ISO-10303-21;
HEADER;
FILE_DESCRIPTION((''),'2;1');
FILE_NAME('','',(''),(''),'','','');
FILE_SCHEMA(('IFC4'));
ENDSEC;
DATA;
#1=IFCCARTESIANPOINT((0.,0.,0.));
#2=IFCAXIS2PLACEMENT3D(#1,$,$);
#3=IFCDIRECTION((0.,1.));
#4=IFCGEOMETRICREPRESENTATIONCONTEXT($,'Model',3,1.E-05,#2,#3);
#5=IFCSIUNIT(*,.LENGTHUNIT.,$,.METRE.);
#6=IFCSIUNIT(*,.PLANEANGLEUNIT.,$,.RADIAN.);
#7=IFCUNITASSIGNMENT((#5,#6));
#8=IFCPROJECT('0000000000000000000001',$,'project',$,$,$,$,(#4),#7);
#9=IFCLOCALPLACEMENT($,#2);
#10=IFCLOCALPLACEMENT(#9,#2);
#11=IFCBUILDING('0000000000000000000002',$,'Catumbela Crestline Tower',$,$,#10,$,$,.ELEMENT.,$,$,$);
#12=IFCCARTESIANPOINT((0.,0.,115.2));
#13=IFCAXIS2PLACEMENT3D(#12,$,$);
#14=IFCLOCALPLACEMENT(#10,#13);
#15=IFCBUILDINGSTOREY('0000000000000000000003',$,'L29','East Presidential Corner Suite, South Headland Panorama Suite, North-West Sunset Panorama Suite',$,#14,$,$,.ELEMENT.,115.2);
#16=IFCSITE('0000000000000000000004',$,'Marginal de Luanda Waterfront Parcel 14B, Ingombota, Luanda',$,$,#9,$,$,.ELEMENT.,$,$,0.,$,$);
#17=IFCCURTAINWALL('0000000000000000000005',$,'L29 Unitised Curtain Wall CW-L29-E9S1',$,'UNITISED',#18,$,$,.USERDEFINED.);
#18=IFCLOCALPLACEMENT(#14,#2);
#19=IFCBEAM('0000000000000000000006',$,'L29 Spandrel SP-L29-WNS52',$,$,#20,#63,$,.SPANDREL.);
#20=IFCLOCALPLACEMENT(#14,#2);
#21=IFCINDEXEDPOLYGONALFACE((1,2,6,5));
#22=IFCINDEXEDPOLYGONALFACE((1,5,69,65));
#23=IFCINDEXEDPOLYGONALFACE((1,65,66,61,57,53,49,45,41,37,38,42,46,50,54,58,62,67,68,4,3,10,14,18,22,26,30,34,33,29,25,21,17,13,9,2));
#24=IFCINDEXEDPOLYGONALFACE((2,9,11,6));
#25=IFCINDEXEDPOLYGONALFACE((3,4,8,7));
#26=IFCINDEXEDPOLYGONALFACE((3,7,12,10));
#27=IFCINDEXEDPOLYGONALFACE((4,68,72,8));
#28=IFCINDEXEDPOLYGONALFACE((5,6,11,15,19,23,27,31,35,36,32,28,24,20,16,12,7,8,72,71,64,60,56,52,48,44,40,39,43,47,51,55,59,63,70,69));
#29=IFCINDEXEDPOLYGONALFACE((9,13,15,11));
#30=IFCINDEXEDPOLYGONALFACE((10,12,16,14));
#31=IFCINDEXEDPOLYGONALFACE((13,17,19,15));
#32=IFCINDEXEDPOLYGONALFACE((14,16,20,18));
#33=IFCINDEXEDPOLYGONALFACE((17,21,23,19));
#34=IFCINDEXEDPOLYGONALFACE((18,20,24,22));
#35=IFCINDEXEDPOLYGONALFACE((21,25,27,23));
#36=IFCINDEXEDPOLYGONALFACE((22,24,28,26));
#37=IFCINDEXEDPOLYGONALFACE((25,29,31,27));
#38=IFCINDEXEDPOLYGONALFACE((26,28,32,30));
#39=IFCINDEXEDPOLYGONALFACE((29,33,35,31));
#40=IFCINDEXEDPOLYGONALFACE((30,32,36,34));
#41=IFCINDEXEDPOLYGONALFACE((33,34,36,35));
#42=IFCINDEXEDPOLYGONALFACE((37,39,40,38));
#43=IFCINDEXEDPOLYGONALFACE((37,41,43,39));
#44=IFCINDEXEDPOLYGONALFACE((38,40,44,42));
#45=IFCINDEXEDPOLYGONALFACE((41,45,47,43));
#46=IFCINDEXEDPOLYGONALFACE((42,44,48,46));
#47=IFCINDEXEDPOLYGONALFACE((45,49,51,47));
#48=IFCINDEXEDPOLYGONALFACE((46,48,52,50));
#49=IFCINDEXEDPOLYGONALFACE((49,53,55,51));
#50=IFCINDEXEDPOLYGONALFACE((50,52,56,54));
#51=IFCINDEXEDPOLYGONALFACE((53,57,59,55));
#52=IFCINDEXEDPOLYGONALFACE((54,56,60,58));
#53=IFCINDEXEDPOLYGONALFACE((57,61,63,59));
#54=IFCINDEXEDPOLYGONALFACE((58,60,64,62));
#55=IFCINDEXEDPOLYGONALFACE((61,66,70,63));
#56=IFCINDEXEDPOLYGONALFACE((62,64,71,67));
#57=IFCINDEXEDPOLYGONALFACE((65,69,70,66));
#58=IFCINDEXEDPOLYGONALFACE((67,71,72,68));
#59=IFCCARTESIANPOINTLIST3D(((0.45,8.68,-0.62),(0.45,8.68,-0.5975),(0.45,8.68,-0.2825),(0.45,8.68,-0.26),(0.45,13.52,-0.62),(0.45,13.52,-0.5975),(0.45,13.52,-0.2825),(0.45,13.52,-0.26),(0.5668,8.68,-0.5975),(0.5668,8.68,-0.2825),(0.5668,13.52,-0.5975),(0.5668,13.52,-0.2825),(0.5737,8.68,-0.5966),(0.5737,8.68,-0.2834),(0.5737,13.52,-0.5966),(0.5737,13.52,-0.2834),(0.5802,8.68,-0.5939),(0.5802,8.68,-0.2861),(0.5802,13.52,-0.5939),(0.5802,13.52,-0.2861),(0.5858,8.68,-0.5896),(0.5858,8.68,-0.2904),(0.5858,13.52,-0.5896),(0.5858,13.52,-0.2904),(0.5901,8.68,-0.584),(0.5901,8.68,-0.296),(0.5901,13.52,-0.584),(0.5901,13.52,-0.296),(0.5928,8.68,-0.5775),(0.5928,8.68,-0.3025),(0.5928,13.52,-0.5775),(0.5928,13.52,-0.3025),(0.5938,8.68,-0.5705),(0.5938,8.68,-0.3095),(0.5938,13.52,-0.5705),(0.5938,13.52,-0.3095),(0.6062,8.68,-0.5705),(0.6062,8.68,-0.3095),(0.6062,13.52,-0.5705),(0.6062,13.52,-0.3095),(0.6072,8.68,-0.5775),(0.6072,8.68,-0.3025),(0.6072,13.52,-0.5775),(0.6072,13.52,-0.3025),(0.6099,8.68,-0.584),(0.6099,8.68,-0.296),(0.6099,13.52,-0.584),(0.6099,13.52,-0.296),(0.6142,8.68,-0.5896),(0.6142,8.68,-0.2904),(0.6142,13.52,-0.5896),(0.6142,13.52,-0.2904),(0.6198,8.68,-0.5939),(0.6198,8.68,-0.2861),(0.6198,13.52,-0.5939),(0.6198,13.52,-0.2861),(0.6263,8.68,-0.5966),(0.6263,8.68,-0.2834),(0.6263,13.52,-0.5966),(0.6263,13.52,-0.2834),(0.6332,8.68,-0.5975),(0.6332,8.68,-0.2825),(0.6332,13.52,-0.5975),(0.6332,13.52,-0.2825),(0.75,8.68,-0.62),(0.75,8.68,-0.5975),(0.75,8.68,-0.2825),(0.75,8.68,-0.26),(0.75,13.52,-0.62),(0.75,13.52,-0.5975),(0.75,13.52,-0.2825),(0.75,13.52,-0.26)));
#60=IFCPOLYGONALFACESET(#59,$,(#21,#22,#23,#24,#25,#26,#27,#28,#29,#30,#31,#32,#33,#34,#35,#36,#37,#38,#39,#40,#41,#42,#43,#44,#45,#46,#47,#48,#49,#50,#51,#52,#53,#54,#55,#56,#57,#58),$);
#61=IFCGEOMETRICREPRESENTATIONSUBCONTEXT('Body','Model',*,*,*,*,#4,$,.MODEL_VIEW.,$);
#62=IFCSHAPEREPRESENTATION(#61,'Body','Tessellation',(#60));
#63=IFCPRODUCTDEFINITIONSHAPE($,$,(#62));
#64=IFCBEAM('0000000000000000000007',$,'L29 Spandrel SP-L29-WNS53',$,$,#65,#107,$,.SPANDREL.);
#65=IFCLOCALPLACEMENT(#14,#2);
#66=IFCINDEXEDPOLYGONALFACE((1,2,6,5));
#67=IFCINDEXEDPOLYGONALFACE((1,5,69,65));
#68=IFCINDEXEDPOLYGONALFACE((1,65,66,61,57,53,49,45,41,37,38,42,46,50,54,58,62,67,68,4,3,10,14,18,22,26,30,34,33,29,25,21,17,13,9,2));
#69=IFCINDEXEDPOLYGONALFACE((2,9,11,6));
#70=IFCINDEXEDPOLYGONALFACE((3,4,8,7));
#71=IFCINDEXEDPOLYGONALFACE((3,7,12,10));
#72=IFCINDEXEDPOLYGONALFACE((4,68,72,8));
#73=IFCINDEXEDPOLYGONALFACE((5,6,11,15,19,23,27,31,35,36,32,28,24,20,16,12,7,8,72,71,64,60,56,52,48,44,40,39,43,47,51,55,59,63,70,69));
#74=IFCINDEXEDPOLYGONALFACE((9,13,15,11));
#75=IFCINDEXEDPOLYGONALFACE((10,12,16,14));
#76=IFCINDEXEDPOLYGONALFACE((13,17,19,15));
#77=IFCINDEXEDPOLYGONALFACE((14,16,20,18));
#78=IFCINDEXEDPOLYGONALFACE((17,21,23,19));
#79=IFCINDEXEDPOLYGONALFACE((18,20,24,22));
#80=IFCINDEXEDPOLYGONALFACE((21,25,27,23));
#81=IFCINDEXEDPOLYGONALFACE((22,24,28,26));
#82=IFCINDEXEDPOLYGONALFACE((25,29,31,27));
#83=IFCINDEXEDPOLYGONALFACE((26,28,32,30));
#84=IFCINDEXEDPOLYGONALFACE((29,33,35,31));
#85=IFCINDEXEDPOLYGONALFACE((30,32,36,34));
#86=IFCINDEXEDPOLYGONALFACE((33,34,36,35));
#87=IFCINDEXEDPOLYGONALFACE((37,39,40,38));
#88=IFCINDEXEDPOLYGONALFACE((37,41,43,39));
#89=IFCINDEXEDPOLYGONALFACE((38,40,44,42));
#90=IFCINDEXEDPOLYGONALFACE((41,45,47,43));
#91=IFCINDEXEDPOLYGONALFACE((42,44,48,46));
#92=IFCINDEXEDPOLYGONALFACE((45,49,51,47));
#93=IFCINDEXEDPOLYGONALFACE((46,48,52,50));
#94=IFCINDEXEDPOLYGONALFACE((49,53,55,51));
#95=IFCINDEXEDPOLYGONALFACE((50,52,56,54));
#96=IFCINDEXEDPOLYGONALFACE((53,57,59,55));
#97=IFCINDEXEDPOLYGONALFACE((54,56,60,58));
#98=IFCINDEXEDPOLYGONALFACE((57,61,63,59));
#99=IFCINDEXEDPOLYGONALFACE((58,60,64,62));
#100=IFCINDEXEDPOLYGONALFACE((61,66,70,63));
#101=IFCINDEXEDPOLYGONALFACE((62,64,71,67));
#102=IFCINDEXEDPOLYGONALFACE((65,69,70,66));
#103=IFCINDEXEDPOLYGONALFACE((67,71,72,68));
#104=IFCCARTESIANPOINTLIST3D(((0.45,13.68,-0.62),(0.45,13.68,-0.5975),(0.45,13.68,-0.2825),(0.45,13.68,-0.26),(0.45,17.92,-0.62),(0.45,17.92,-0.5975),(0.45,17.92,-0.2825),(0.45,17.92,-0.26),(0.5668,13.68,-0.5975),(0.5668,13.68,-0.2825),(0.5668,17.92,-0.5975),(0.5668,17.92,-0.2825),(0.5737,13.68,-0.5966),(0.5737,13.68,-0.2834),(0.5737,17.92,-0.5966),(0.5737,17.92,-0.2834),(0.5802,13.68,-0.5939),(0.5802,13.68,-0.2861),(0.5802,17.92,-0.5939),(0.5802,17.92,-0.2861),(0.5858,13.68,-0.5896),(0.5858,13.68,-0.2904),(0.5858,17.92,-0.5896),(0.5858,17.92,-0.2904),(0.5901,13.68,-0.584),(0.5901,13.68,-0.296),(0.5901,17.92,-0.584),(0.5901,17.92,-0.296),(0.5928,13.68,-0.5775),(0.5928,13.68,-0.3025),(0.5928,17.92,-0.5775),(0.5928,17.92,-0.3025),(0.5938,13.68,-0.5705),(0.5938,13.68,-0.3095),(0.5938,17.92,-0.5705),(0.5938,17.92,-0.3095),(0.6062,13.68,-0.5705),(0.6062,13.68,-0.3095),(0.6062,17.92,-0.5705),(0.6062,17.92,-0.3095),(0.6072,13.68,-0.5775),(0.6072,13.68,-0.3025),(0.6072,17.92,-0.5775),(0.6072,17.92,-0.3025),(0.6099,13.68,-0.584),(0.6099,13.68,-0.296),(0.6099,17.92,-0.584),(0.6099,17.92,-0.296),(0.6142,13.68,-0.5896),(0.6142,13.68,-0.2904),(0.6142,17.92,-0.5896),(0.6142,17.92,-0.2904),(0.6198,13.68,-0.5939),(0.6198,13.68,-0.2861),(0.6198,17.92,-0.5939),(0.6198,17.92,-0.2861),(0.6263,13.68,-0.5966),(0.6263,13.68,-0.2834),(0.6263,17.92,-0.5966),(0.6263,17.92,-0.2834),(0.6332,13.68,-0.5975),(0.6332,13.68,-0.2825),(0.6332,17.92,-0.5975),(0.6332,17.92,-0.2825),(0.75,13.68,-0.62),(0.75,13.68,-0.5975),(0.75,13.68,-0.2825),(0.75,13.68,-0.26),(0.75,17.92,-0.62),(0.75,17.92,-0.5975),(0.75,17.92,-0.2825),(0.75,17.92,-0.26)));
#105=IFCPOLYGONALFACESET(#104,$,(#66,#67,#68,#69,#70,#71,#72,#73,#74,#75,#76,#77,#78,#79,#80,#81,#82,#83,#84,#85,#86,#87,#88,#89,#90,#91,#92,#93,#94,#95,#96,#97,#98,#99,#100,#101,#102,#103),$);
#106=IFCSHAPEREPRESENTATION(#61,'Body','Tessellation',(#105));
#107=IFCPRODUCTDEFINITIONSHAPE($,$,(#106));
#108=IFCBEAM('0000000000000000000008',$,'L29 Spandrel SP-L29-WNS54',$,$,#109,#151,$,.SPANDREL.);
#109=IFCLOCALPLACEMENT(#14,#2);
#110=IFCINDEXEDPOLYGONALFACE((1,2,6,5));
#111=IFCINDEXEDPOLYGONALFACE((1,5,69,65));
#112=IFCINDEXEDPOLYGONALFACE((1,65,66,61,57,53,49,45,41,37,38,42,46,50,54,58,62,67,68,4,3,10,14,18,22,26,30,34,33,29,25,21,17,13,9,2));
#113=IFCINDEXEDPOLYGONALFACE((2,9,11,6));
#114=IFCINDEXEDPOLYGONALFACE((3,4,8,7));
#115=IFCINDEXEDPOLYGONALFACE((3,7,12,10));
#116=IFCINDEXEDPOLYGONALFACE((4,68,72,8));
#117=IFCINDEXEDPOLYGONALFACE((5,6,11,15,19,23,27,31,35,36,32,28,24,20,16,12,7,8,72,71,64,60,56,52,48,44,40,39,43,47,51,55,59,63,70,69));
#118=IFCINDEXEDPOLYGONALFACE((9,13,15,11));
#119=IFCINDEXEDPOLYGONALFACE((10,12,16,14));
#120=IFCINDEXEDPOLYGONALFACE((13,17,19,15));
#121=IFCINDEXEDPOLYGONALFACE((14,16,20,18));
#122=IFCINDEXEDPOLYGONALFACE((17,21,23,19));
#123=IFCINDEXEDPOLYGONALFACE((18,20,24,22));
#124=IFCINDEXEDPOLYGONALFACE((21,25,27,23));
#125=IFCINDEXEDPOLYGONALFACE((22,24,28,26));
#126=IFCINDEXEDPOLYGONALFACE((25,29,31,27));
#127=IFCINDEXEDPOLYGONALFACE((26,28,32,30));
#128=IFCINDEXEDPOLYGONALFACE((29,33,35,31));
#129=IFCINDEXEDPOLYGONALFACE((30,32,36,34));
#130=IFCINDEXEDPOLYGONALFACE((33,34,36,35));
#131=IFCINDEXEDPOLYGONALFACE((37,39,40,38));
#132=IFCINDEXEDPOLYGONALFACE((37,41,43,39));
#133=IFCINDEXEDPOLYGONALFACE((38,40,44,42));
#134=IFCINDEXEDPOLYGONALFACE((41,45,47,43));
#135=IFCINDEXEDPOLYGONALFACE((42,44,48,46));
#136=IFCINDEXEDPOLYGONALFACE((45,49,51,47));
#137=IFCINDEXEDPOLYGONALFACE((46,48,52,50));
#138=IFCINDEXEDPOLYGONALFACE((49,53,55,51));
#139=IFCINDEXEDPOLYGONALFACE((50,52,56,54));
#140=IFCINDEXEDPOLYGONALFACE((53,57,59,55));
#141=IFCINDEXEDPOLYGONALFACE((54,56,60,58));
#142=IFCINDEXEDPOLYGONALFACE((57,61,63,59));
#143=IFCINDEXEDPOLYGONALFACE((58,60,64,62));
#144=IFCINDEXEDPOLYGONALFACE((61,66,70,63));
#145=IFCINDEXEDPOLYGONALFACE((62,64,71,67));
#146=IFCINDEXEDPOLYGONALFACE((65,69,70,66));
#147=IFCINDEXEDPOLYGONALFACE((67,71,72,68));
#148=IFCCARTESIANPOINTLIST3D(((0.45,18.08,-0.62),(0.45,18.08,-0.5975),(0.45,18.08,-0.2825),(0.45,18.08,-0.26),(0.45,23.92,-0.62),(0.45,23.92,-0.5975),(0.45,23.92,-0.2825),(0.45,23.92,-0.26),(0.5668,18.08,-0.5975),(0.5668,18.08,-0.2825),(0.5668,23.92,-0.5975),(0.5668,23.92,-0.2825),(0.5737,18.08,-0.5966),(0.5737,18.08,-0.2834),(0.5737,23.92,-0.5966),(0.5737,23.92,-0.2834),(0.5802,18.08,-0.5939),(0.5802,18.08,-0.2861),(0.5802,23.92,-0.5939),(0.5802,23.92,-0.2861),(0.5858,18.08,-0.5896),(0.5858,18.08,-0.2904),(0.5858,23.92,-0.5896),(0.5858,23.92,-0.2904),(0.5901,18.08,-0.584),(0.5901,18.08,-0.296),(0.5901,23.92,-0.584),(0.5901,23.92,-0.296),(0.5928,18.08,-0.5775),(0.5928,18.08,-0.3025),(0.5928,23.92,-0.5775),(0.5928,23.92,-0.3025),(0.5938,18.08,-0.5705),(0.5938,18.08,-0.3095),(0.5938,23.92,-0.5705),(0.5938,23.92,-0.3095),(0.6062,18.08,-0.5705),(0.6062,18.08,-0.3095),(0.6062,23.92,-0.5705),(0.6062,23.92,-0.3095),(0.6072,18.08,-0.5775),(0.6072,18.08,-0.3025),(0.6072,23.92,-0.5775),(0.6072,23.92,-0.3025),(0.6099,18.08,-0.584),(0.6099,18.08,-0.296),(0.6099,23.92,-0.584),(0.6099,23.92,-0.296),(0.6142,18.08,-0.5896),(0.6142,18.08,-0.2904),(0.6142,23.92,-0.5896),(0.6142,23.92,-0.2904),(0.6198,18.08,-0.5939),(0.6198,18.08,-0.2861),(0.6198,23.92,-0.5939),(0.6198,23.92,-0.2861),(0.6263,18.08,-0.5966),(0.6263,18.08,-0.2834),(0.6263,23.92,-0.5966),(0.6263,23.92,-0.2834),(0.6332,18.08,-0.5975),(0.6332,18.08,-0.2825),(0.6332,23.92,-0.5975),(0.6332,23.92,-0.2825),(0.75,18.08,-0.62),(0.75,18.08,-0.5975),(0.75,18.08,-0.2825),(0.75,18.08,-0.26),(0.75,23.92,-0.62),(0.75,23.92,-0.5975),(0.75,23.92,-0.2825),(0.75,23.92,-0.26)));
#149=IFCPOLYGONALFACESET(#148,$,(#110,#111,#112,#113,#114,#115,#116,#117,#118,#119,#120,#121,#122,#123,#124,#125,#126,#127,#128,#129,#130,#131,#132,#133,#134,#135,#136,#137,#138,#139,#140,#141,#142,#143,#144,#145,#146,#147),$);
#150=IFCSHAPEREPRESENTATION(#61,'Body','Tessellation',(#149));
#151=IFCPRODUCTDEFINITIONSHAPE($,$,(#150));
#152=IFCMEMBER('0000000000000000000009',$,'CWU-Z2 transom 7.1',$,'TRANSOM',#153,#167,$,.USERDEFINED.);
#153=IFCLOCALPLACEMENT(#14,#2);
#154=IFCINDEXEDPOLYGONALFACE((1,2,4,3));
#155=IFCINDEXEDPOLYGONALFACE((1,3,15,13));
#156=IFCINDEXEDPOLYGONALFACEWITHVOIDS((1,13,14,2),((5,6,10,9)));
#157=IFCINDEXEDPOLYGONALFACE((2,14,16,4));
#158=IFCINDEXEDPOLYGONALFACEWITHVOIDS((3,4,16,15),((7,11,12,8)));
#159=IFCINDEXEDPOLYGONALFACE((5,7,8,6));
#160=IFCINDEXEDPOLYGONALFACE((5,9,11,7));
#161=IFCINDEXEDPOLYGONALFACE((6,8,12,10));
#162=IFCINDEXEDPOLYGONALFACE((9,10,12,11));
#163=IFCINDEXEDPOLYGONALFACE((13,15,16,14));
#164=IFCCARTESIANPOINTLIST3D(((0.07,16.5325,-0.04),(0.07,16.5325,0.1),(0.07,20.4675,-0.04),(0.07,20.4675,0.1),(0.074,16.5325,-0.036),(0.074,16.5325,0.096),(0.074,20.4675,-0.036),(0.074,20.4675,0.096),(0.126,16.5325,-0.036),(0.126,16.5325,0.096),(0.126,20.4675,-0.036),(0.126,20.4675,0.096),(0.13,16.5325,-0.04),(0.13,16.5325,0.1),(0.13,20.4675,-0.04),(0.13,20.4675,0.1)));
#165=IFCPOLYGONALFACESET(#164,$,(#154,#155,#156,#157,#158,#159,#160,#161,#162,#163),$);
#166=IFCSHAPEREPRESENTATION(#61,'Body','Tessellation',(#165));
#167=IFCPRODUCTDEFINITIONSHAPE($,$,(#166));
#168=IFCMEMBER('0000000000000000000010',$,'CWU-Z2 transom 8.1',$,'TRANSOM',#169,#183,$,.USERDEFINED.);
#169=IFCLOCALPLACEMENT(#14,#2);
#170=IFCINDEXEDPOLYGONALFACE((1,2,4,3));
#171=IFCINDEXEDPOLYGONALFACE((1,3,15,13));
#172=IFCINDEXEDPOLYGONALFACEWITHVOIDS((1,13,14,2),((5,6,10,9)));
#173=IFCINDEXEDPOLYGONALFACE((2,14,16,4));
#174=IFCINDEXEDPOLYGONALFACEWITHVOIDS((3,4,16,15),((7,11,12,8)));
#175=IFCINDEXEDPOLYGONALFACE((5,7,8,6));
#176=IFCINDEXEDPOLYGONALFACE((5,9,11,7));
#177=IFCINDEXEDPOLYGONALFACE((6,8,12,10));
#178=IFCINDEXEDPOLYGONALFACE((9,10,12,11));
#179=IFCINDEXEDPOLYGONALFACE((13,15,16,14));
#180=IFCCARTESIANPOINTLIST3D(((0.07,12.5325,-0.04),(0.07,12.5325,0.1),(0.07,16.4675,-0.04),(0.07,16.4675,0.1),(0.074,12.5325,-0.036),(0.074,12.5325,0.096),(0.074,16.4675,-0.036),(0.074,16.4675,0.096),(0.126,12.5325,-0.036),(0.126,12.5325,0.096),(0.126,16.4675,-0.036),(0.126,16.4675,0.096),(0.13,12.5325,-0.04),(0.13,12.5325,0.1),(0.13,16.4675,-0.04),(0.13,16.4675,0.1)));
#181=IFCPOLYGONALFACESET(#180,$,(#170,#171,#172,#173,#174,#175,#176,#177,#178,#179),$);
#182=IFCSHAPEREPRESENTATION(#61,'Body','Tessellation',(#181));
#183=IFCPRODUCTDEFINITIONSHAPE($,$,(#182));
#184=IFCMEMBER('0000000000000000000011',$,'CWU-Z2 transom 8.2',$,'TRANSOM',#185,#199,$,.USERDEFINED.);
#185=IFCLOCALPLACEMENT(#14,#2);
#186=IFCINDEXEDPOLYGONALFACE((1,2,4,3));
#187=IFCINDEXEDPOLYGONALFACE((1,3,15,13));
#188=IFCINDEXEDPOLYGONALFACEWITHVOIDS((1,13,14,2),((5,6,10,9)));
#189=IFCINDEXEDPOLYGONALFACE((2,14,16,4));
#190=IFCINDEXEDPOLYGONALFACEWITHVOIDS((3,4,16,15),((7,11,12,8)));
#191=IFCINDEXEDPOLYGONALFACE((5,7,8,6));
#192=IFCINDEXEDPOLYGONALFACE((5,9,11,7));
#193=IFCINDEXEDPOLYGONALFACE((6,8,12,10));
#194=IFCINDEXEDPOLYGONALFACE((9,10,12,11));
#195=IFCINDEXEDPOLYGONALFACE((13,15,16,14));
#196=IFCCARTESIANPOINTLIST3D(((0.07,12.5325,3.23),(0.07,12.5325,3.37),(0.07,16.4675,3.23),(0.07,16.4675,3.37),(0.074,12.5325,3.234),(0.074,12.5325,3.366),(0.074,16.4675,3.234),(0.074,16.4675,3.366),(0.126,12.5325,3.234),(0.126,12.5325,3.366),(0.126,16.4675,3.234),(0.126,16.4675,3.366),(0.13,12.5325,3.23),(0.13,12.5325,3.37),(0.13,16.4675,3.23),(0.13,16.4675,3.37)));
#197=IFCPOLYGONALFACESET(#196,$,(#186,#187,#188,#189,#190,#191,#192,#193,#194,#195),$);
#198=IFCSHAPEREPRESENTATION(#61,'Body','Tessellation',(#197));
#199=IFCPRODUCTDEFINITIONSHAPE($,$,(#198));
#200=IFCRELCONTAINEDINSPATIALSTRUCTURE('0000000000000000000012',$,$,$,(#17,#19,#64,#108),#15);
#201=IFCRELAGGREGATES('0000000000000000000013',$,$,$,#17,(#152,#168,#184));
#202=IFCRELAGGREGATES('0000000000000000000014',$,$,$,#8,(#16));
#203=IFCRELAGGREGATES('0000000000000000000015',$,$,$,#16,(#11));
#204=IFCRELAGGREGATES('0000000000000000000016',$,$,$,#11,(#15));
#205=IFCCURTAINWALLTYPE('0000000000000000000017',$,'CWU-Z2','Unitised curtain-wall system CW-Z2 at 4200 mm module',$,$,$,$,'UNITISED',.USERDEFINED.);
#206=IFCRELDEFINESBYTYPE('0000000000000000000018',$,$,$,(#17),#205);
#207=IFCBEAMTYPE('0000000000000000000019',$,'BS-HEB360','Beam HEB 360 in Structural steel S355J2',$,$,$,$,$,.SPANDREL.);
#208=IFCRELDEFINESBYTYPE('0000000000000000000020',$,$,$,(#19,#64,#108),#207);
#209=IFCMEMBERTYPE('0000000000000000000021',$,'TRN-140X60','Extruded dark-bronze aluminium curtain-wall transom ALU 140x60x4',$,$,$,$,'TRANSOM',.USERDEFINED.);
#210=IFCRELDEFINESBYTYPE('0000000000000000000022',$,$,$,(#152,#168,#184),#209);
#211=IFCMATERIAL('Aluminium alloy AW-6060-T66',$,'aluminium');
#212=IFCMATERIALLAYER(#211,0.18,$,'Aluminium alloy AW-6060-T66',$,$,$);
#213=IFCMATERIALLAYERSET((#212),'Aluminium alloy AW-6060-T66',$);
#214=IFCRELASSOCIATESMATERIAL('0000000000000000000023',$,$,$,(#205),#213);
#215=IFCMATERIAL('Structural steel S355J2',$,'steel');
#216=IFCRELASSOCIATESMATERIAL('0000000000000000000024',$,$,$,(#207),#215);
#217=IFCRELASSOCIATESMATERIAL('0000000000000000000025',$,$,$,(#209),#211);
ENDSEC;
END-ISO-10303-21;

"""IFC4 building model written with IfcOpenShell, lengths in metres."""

from ifc_helpers import new_model, si_unit, direction, frame, origin, origin_2d, place, context, subcontext, project, spatial, hollow_rectangle, i_section, extrude, material, layer, layer_set, material_profile, profile_set, type_object, element, aggregate, save


model = new_model("IFC4")

# Units and contexts
model_context = context("Model", 3, precision=1e-05, world=origin(), true_north=direction((0.0, 1.0)))
body_context = subcontext(model_context, "Body", "Model", "MODEL_VIEW")
ifc_project = project(units=[si_unit("LENGTHUNIT", "METRE"), si_unit("PLANEANGLEUNIT", "RADIAN")], contexts=[model_context])

# Site, building, storey
site_placement = place(None, origin())
site = spatial("IfcSite", under=ifc_project, at=site_placement, Name="Marginal de Luanda Waterfront Parcel 14B, Ingombota, Luanda", CompositionType="ELEMENT", RefElevation=0.0)
building_placement = place(site_placement, origin())
building = spatial("IfcBuilding", under=site, at=building_placement, Name="Catumbela Crestline Tower", CompositionType="ELEMENT")
storey_placement = place(building_placement, frame((0.0, 0.0, 115.2)))
storey = spatial("IfcBuildingStorey", under=building, at=storey_placement, Name="L29", Description="East Presidential Corner Suite, South Headland Panorama Suite, North-West Sunset Panorama Suite", CompositionType="ELEMENT", Elevation=115.2)

# Shared definitions
ifc_material_1 = material(Name="Structural steel S355J2", Category="steel")

# Curtain wall
ifc_material_2 = material(Name="Aluminium alloy AW-6060-T66", Category="aluminium")
ifc_layer_1 = layer(ifc_material_2, 0.18, Name="Aluminium alloy AW-6060-T66")
ifc_layer_set_1 = layer_set([ifc_layer_1], Name="Aluminium alloy AW-6060-T66")
curtain_wall_type = type_object("IfcCurtainWallType", Name="CWU-Z2", Description="Unitised curtain-wall system CW-Z2 at 4200 mm module", ElementType="UNITISED", PredefinedType="USERDEFINED", material=ifc_layer_set_1)
curtain_wall_placement = place(storey_placement, origin())
curtain_wall = element("IfcCurtainWall", 1, at=curtain_wall_placement, inside=storey, type_object=curtain_wall_type, Name="L29 Unitised Curtain Wall CW-L29-E9S1", ObjectType="UNITISED", PredefinedType="USERDEFINED")

# Beams
ifc_material_profile_1 = material_profile(ifc_material_1, i_section(OverallWidth=0.3, OverallDepth=0.36, WebThickness=0.0125, FlangeThickness=0.0225, FilletRadius=0.027, at=origin_2d()), Name="HEB 360")
ifc_profile_set_1 = profile_set([ifc_material_profile_1], Name="Structural steel S355J2")
beam_type_1 = type_object("IfcBeamType", Name="BS-HEB360", Description="Beam HEB 360 in Structural steel S355J2", PredefinedType="SPANDREL", material=ifc_profile_set_1)
beam_1_placement = place(storey_placement, frame((0.6, 8.68, -0.44), z_axis=(0.0, 1.0, 0.0), x_axis=(-1.0, 0.0, 0.0)))
element("IfcBeam", 2, at=beam_1_placement, inside=storey, type_object=beam_type_1, Name="L29 Spandrel SP-L29-WNS52", PredefinedType="SPANDREL", context=body_context, shape_type="SweptSolid", body=[
    extrude(i_section(OverallWidth=0.3, OverallDepth=0.36, WebThickness=0.0125, FlangeThickness=0.0225, FilletRadius=0.027, at=origin_2d()), origin(), (0.0, 0.0, 1.0), 4.84),
])
beam_2_placement = place(storey_placement, frame((0.6, 13.68, -0.44), z_axis=(0.0, 1.0, 0.0), x_axis=(-1.0, 0.0, 0.0)))
element("IfcBeam", 3, at=beam_2_placement, inside=storey, type_object=beam_type_1, Name="L29 Spandrel SP-L29-WNS53", PredefinedType="SPANDREL", context=body_context, shape_type="SweptSolid", body=[
    extrude(i_section(OverallWidth=0.3, OverallDepth=0.36, WebThickness=0.0125, FlangeThickness=0.0225, FilletRadius=0.027, at=origin_2d()), origin(), (0.0, 0.0, 1.0), 4.24),
])
beam_3_placement = place(storey_placement, frame((0.6, 18.08, -0.44), z_axis=(0.0, 1.0, 0.0), x_axis=(-1.0, 0.0, 0.0)))
element("IfcBeam", 4, at=beam_3_placement, inside=storey, type_object=beam_type_1, Name="L29 Spandrel SP-L29-WNS54", PredefinedType="SPANDREL", context=body_context, shape_type="SweptSolid", body=[
    extrude(i_section(OverallWidth=0.3, OverallDepth=0.36, WebThickness=0.0125, FlangeThickness=0.0225, FilletRadius=0.027, at=origin_2d()), origin(), (0.0, 0.0, 1.0), 5.84),
])

# Members
ifc_material_profile_2 = material_profile(ifc_material_2, hollow_rectangle(XDim=0.06, YDim=0.14, WallThickness=0.004, at=origin_2d()), Name="ALU 140x60x4")
ifc_profile_set_2 = profile_set([ifc_material_profile_2], Name="Aluminium alloy AW-6060-T66")
member_type_1 = type_object("IfcMemberType", Name="TRN-140X60", Description="Extruded dark-bronze aluminium curtain-wall transom ALU 140x60x4", ElementType="TRANSOM", PredefinedType="USERDEFINED", material=ifc_profile_set_2)
member_1_placement = place(storey_placement, frame((0.1, 20.4675, 0.03), z_axis=(0.0, -1.0, 0.0), x_axis=(1.0, 0.0, 0.0)))
member_1 = element("IfcMember", 5, at=member_1_placement, type_object=member_type_1, Name="CWU-Z2 transom 7.1", ObjectType="TRANSOM", PredefinedType="USERDEFINED", context=body_context, shape_type="SweptSolid", body=[
    extrude(hollow_rectangle(XDim=0.06, YDim=0.14, WallThickness=0.004, at=origin_2d()), origin(), (0.0, 0.0, 1.0), 3.935),
])
member_2_placement = place(storey_placement, frame((0.1, 16.4675, 0.03), z_axis=(0.0, -1.0, 0.0), x_axis=(1.0, 0.0, 0.0)))
member_2 = element("IfcMember", 6, at=member_2_placement, type_object=member_type_1, Name="CWU-Z2 transom 8.1", ObjectType="TRANSOM", PredefinedType="USERDEFINED", context=body_context, shape_type="SweptSolid", body=[
    extrude(hollow_rectangle(XDim=0.06, YDim=0.14, WallThickness=0.004, at=origin_2d()), origin(), (0.0, 0.0, 1.0), 3.935),
])
member_3_placement = place(storey_placement, frame((0.1, 16.4675, 3.3), z_axis=(0.0, -1.0, 0.0), x_axis=(1.0, 0.0, 0.0)))
member_3 = element("IfcMember", 7, at=member_3_placement, type_object=member_type_1, Name="CWU-Z2 transom 8.2", ObjectType="TRANSOM", PredefinedType="USERDEFINED", context=body_context, shape_type="SweptSolid", body=[
    extrude(hollow_rectangle(XDim=0.06, YDim=0.14, WallThickness=0.004, at=origin_2d()), origin(), (0.0, 0.0, 1.0), 3.935),
])

aggregate(curtain_wall, [member_1, member_2, member_3])

save(model, "model.ifc")
